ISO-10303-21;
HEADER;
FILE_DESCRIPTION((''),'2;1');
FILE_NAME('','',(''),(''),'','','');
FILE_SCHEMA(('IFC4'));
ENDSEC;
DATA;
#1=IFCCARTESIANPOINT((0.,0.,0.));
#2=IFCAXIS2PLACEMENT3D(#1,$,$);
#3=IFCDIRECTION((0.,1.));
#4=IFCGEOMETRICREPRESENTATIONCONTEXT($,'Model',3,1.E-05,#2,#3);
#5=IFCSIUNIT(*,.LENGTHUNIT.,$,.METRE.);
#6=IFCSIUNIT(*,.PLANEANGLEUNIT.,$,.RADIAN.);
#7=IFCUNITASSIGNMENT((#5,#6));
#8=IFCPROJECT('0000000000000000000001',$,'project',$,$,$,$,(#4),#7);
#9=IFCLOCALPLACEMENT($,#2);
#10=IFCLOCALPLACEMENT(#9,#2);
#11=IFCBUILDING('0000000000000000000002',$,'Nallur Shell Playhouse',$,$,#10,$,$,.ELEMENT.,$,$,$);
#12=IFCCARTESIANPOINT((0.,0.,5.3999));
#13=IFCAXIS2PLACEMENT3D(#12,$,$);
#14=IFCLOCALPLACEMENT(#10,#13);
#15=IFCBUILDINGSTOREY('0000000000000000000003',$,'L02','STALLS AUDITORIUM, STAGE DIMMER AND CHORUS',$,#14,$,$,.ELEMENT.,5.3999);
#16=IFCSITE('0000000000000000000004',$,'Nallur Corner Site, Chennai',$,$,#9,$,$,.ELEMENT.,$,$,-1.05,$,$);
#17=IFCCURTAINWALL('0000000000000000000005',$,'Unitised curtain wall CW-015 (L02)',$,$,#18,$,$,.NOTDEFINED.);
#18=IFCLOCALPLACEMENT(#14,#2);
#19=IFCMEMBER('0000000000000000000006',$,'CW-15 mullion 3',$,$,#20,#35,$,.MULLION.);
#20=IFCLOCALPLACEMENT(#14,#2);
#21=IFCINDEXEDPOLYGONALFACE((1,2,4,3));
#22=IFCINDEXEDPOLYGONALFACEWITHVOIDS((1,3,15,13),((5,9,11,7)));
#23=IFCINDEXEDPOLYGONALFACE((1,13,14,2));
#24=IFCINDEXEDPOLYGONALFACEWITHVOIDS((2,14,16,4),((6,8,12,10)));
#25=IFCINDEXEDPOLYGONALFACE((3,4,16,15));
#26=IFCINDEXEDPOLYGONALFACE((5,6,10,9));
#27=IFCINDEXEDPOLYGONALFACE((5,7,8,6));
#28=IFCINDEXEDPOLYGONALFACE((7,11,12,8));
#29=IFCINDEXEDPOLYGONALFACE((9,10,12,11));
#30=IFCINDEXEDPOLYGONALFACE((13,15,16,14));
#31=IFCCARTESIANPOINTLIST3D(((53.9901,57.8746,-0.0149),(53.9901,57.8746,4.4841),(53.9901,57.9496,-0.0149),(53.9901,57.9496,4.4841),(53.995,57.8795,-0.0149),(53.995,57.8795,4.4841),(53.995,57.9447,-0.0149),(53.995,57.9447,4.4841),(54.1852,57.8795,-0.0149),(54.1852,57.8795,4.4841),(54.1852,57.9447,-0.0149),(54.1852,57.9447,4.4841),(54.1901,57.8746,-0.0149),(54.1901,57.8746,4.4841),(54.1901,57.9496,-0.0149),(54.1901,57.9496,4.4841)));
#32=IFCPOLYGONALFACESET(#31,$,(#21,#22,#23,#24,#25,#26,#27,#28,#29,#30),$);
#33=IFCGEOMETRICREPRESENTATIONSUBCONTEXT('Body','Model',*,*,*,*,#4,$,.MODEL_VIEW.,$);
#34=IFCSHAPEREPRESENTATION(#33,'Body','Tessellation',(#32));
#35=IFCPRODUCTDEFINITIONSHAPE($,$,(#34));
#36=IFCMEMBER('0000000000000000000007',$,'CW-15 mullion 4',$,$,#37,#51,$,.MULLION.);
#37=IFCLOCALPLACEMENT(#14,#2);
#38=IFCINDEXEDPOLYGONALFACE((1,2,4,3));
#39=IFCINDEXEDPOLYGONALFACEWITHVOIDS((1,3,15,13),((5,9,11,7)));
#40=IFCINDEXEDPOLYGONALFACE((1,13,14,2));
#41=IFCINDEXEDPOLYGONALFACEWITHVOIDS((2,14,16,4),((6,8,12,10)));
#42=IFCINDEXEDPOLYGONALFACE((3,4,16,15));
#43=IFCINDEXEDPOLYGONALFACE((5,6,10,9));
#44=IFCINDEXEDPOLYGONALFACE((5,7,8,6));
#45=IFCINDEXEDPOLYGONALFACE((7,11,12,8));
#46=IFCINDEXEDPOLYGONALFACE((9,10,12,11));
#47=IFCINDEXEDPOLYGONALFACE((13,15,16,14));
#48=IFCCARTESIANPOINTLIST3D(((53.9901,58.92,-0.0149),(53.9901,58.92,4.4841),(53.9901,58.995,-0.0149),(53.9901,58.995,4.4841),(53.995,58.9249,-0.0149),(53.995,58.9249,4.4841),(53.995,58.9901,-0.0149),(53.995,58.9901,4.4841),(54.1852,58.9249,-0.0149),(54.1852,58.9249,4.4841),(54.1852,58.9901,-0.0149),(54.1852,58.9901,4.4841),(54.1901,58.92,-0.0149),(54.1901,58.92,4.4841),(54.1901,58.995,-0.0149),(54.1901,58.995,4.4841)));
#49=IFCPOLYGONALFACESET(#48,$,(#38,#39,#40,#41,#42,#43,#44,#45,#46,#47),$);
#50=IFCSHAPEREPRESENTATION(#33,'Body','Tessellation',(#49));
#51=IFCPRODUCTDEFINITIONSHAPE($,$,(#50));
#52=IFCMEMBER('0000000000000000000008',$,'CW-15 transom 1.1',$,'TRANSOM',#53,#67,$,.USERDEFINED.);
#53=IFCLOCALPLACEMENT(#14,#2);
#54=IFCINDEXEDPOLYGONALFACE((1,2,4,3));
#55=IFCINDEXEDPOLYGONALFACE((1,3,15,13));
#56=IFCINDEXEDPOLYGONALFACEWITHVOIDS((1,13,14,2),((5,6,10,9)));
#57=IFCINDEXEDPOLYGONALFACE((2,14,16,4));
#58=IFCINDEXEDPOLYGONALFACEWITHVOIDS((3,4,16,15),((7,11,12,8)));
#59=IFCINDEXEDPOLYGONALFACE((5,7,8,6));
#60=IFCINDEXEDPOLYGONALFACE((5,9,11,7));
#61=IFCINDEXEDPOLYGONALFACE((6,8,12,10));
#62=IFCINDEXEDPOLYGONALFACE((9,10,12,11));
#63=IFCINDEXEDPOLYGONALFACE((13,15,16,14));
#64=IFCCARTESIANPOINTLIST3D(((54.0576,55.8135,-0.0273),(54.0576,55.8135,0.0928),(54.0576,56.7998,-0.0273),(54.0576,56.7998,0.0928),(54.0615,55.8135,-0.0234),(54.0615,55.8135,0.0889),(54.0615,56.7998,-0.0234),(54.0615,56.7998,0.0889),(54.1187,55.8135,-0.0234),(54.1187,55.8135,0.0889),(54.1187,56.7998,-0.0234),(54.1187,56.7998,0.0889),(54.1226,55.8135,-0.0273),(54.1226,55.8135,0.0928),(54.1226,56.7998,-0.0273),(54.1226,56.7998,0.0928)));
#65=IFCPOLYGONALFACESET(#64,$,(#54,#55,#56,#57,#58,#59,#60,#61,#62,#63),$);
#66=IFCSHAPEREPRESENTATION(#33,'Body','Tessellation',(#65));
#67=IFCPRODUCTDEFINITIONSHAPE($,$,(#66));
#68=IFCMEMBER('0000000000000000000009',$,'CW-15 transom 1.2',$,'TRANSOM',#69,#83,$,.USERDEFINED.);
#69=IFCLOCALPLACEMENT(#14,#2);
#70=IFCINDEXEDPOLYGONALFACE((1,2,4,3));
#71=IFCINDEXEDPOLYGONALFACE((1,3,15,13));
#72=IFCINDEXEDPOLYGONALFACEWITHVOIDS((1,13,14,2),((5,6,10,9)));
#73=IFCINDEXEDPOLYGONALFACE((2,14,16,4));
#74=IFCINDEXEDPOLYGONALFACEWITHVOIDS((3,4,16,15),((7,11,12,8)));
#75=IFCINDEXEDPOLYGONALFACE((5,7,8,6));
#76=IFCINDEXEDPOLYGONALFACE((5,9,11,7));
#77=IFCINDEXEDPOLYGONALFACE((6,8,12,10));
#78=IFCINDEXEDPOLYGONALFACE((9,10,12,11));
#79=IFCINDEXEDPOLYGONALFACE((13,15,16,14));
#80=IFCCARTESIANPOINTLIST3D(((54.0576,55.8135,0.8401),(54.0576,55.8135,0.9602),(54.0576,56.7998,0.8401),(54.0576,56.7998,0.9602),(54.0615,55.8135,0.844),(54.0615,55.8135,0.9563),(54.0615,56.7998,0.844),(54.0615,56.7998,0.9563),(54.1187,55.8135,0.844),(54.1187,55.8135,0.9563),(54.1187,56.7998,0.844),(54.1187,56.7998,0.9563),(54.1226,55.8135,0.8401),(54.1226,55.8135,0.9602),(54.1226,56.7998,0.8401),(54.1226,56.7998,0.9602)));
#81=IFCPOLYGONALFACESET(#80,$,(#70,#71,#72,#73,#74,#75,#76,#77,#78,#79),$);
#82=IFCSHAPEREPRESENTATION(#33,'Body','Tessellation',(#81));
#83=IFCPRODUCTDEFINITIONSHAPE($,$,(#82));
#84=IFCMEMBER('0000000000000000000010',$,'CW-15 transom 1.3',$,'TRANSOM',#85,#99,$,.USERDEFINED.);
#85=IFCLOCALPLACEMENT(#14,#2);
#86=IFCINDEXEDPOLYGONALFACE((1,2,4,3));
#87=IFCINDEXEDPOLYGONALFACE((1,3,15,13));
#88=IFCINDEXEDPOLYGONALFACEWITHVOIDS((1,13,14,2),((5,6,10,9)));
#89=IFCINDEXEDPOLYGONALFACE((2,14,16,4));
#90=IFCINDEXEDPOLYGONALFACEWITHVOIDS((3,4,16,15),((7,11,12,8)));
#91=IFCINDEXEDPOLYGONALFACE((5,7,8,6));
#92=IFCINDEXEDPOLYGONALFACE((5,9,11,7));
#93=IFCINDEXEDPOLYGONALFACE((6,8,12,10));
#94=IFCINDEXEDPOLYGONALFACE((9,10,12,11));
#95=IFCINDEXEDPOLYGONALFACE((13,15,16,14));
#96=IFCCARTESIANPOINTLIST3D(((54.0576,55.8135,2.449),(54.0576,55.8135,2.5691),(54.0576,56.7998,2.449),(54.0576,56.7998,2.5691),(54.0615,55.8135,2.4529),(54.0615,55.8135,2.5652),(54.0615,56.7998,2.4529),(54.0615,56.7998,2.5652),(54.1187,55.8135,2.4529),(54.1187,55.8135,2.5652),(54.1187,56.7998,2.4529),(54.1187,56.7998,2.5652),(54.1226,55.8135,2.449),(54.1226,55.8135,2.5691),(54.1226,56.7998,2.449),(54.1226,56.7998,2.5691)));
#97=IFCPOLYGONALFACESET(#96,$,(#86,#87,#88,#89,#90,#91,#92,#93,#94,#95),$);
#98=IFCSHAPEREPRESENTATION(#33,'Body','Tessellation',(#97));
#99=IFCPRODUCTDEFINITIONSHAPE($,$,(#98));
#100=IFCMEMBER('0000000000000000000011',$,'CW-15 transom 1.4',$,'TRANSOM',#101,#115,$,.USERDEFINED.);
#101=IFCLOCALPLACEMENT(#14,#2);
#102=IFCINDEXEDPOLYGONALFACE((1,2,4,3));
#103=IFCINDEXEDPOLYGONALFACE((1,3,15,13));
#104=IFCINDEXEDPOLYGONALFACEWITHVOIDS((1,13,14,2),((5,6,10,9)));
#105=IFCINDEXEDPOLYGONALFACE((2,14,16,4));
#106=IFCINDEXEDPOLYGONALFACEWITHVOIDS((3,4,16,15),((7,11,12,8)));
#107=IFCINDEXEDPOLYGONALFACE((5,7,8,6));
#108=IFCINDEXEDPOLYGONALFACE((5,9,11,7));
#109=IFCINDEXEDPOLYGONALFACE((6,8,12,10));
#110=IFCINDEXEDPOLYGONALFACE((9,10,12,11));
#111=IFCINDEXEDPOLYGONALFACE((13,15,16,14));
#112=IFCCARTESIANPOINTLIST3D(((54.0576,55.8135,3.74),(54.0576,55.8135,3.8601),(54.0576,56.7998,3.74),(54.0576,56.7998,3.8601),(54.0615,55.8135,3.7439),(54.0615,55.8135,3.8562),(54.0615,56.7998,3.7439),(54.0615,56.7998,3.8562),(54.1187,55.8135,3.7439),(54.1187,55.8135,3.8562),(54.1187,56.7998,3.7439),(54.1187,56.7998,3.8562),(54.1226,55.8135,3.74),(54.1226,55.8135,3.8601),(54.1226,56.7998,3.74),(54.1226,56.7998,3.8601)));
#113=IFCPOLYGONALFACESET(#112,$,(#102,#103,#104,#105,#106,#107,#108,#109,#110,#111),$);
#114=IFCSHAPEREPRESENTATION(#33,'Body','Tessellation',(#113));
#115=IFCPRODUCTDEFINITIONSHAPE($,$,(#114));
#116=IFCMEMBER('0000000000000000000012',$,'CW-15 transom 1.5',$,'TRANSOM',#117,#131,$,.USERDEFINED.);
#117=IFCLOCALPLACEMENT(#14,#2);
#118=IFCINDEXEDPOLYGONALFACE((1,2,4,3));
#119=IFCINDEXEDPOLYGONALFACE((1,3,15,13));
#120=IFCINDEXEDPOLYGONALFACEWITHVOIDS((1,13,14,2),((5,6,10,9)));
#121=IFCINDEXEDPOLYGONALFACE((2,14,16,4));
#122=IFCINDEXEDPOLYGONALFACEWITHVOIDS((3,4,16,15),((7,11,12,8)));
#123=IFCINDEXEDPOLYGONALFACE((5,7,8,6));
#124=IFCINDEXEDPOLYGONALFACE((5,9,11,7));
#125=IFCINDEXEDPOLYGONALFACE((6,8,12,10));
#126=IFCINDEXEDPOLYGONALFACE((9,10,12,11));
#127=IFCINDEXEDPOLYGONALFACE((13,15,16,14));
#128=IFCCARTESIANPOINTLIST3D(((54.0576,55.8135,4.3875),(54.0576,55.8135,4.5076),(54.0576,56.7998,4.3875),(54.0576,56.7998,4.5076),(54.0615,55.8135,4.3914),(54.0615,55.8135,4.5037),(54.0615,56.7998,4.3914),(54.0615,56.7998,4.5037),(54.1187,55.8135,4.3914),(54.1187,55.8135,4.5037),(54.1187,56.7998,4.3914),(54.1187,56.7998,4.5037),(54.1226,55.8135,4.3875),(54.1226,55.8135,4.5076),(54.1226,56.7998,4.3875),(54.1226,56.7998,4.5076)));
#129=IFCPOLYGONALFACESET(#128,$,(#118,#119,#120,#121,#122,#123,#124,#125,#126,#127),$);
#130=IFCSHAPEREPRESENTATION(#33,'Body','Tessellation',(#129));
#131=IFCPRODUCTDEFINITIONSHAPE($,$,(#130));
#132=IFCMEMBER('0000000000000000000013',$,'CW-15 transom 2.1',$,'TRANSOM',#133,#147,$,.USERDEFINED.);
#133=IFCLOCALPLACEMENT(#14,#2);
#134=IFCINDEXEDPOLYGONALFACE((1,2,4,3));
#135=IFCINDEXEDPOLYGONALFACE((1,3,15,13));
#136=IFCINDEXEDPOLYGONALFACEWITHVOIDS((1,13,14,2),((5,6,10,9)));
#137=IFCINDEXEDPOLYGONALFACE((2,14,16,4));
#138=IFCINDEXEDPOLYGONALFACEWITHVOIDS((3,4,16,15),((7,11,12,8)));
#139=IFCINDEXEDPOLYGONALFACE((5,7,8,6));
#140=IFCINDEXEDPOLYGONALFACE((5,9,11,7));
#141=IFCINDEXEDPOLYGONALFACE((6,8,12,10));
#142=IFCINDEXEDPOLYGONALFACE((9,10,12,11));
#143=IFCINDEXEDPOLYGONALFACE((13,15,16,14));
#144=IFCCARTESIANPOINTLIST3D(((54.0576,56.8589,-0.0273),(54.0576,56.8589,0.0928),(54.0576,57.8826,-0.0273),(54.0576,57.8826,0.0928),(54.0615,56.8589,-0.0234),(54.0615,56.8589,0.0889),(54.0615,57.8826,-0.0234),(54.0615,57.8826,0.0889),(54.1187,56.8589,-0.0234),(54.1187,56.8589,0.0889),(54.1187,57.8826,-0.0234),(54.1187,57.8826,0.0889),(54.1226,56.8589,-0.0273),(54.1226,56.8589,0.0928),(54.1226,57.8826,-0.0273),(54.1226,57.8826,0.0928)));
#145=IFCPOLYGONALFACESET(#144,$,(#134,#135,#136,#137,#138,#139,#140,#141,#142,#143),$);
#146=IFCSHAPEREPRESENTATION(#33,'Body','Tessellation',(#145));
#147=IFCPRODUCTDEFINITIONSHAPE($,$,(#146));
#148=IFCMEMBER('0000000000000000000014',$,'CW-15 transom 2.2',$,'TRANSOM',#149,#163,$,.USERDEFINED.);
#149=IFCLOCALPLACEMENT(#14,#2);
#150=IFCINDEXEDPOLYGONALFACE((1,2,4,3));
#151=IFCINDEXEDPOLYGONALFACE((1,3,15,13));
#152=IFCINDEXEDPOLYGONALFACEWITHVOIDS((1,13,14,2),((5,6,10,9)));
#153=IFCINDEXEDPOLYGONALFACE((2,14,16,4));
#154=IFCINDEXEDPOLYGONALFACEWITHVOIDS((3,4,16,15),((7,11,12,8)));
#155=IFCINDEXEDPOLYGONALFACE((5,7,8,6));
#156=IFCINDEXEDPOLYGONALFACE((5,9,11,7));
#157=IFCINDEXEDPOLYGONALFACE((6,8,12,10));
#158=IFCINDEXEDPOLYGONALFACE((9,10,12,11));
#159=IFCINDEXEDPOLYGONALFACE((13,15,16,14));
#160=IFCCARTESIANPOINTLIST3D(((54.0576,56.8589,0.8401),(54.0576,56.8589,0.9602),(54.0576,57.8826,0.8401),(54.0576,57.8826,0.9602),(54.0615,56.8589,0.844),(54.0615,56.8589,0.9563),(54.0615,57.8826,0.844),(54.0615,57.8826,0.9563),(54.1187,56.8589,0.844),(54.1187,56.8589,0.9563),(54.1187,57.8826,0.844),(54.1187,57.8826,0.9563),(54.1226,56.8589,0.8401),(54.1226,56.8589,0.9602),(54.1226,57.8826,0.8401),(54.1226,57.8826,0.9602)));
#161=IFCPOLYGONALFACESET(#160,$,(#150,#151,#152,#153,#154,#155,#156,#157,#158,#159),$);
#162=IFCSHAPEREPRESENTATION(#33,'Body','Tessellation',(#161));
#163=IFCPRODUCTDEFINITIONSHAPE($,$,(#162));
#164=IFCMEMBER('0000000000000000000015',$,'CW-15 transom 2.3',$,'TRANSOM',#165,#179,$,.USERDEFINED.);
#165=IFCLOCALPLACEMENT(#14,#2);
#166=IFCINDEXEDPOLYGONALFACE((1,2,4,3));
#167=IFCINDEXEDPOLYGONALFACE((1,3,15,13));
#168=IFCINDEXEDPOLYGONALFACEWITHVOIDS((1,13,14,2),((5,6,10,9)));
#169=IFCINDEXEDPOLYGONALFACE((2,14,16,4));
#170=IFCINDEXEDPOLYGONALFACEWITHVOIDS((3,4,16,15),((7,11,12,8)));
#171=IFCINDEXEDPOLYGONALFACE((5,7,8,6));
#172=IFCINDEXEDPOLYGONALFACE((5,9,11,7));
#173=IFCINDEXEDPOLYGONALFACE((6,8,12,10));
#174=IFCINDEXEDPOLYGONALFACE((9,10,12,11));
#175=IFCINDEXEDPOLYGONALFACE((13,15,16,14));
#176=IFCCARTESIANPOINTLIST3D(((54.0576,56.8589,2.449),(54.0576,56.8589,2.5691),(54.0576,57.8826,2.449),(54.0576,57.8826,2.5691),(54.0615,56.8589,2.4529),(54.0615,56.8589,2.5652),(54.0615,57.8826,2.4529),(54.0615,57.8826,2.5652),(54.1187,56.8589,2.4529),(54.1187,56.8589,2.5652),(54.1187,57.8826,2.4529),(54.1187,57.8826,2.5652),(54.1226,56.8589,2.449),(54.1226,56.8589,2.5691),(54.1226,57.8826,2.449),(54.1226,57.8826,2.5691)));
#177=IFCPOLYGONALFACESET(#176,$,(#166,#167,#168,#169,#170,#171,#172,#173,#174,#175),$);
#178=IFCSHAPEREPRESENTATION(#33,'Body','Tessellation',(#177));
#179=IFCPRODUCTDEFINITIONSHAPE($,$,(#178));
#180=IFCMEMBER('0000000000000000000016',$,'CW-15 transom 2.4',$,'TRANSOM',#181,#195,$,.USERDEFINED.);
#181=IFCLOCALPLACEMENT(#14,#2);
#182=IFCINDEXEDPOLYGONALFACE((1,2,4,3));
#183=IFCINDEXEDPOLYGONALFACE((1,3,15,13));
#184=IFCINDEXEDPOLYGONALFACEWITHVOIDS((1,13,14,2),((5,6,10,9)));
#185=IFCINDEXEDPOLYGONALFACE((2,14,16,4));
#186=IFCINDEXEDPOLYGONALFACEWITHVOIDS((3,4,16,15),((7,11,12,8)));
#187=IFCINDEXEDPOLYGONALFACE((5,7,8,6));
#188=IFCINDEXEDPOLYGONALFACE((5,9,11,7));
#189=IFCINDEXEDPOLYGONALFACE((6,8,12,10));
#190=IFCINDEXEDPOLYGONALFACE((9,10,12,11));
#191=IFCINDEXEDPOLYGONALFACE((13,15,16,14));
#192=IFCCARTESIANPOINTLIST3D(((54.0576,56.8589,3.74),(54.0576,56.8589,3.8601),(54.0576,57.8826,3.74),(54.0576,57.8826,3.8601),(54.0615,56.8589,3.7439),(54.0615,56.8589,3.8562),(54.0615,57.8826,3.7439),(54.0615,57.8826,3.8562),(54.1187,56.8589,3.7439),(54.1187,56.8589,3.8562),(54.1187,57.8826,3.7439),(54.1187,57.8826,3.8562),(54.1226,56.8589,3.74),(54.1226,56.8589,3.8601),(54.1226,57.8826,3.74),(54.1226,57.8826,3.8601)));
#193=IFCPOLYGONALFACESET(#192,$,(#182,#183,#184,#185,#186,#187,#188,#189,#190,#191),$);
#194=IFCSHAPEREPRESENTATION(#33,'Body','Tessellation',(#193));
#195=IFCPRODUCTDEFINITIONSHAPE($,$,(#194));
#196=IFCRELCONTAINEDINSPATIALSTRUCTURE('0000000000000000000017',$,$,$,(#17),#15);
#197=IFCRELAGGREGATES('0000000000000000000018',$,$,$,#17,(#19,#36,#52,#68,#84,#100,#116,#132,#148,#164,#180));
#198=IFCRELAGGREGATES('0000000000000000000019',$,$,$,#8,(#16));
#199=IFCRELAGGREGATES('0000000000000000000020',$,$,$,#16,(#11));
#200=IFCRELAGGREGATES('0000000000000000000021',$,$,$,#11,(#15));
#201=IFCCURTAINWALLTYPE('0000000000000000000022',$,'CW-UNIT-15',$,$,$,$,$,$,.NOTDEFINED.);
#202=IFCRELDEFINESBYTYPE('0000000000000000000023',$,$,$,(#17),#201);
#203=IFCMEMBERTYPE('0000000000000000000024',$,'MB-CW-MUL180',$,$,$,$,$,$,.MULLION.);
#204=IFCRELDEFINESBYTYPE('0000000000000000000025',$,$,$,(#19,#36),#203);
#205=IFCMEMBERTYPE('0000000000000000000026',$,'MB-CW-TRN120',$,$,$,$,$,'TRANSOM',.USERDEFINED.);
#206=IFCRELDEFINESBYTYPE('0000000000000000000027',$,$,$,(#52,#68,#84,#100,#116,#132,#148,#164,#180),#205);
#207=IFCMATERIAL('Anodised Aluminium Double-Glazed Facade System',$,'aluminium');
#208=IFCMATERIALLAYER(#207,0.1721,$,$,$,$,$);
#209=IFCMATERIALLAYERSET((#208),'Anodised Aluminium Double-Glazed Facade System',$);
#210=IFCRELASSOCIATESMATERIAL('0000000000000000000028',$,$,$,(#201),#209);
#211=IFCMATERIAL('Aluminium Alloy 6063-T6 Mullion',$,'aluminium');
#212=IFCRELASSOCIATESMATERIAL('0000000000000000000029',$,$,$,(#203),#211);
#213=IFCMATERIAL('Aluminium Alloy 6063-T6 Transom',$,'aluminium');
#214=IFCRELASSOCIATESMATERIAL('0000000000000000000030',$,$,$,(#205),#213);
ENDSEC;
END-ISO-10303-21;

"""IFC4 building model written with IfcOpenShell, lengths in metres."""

from ifc_helpers import new_model, si_unit, direction, frame, origin, origin_2d, place, context, subcontext, project, spatial, hollow_rectangle, extrude, material, layer, layer_set, material_profile, profile_set, type_object, element, aggregate, save


model = new_model("IFC4")

# Units and contexts
model_context = context("Model", 3, precision=1e-05, world=origin(), true_north=direction((0.0, 1.0)))
body_context = subcontext(model_context, "Body", "Model", "MODEL_VIEW")
ifc_project = project(units=[si_unit("LENGTHUNIT", "METRE"), si_unit("PLANEANGLEUNIT", "RADIAN")], contexts=[model_context])

# Site, building, storey
site_placement = place(None, origin())
site = spatial("IfcSite", under=ifc_project, at=site_placement, Name="Nallur Corner Site, Chennai", CompositionType="ELEMENT", RefElevation=-1.05)
building_placement = place(site_placement, origin())
building = spatial("IfcBuilding", under=site, at=building_placement, Name="Nallur Shell Playhouse", CompositionType="ELEMENT")
storey_placement = place(building_placement, frame((0.0, 0.0, 5.3999)))
storey = spatial("IfcBuildingStorey", under=building, at=storey_placement, Name="L02", Description="STALLS AUDITORIUM, STAGE DIMMER AND CHORUS", CompositionType="ELEMENT", Elevation=5.3999)

# Shared definitions
ifc_material_1 = material(Name="Anodised Aluminium Double-Glazed Facade System", Category="aluminium")
ifc_material_2 = material(Name="Aluminium Alloy 6063-T6 Mullion", Category="aluminium")

# Curtain wall, members
ifc_layer_1 = layer(ifc_material_1, 0.1721)
ifc_layer_set_1 = layer_set([ifc_layer_1], Name="Anodised Aluminium Double-Glazed Facade System")
curtain_wall_type_1 = type_object("IfcCurtainWallType", Name="CW-UNIT-15", PredefinedType="NOTDEFINED", material=ifc_layer_set_1)
curtain_wall_1_placement = place(storey_placement, origin())
curtain_wall_1 = element("IfcCurtainWall", 1, at=curtain_wall_1_placement, inside=storey, type_object=curtain_wall_type_1, Name="Unitised curtain wall CW-015 (L02)", PredefinedType="NOTDEFINED")
ifc_material_profile_1 = material_profile(ifc_material_2, hollow_rectangle(XDim=0.075, YDim=0.2, WallThickness=0.0049, at=origin_2d()), Name="ALU 75x200x5")
ifc_profile_set_1 = profile_set([ifc_material_profile_1], Name="Aluminium Alloy 6063-T6 Mullion")
member_type_1 = type_object("IfcMemberType", Name="MB-CW-MUL180", PredefinedType="MULLION", material=ifc_profile_set_1)
member_1_placement = place(storey_placement, frame((54.0901, 57.9121, -0.0149), z_axis=(0.0, 0.0, 1.0), x_axis=(0.0, 1.0, 0.0)))
member_1 = element("IfcMember", 2, at=member_1_placement, type_object=member_type_1, Name="CW-15 mullion 3", PredefinedType="MULLION", context=body_context, shape_type="SweptSolid", body=[
    extrude(hollow_rectangle(XDim=0.075, YDim=0.2, WallThickness=0.0049, at=origin_2d()), origin(), (0.0, 0.0, 1.0), 4.499),
])
member_2_placement = place(storey_placement, frame((54.0901, 58.9575, -0.0149), z_axis=(0.0, 0.0, 1.0), x_axis=(0.0, 1.0, 0.0)))
member_2 = element("IfcMember", 3, at=member_2_placement, type_object=member_type_1, Name="CW-15 mullion 4", PredefinedType="MULLION", context=body_context, shape_type="SweptSolid", body=[
    extrude(hollow_rectangle(XDim=0.075, YDim=0.2, WallThickness=0.0049, at=origin_2d()), origin(), (0.0, 0.0, 1.0), 4.499),
])
ifc_material_3 = material(Name="Aluminium Alloy 6063-T6 Transom", Category="aluminium")
ifc_material_profile_2 = material_profile(ifc_material_3, hollow_rectangle(XDim=0.0649, YDim=0.1201, WallThickness=0.0039, at=origin_2d()), Name="ALU 65x120x4")
ifc_profile_set_2 = profile_set([ifc_material_profile_2], Name="Aluminium Alloy 6063-T6 Transom")
member_type_2 = type_object("IfcMemberType", Name="MB-CW-TRN120", ElementType="TRANSOM", PredefinedType="USERDEFINED", material=ifc_profile_set_2)
member_3_placement = place(storey_placement, frame((54.0901, 55.8135, 0.0327), z_axis=(0.0, 1.0, 0.0), x_axis=(-1.0, 0.0, 0.0)))
member_3 = element("IfcMember", 4, at=member_3_placement, type_object=member_type_2, Name="CW-15 transom 1.1", ObjectType="TRANSOM", PredefinedType="USERDEFINED", context=body_context, shape_type="SweptSolid", body=[
    extrude(hollow_rectangle(XDim=0.0649, YDim=0.1201, WallThickness=0.0039, at=origin_2d()), origin(), (0.0, 0.0, 1.0), 0.9863),
])
member_4_placement = place(storey_placement, frame((54.0901, 55.8135, 0.9001), z_axis=(0.0, 1.0, 0.0), x_axis=(-1.0, 0.0, 0.0)))
member_4 = element("IfcMember", 5, at=member_4_placement, type_object=member_type_2, Name="CW-15 transom 1.2", ObjectType="TRANSOM", PredefinedType="USERDEFINED", context=body_context, shape_type="SweptSolid", body=[
    extrude(hollow_rectangle(XDim=0.0649, YDim=0.1201, WallThickness=0.0039, at=origin_2d()), origin(), (0.0, 0.0, 1.0), 0.9863),
])
member_5_placement = place(storey_placement, frame((54.0901, 55.8135, 2.509), z_axis=(0.0, 1.0, 0.0), x_axis=(-1.0, 0.0, 0.0)))
member_5 = element("IfcMember", 6, at=member_5_placement, type_object=member_type_2, Name="CW-15 transom 1.3", ObjectType="TRANSOM", PredefinedType="USERDEFINED", context=body_context, shape_type="SweptSolid", body=[
    extrude(hollow_rectangle(XDim=0.0649, YDim=0.1201, WallThickness=0.0039, at=origin_2d()), origin(), (0.0, 0.0, 1.0), 0.9863),
])
member_6_placement = place(storey_placement, frame((54.0901, 55.8135, 3.8), z_axis=(0.0, 1.0, 0.0), x_axis=(-1.0, 0.0, 0.0)))
member_6 = element("IfcMember", 7, at=member_6_placement, type_object=member_type_2, Name="CW-15 transom 1.4", ObjectType="TRANSOM", PredefinedType="USERDEFINED", context=body_context, shape_type="SweptSolid", body=[
    extrude(hollow_rectangle(XDim=0.0649, YDim=0.1201, WallThickness=0.0039, at=origin_2d()), origin(), (0.0, 0.0, 1.0), 0.9863),
])
member_7_placement = place(storey_placement, frame((54.0901, 55.8135, 4.4475), z_axis=(0.0, 1.0, 0.0), x_axis=(-1.0, 0.0, 0.0)))
member_7 = element("IfcMember", 8, at=member_7_placement, type_object=member_type_2, Name="CW-15 transom 1.5", ObjectType="TRANSOM", PredefinedType="USERDEFINED", context=body_context, shape_type="SweptSolid", body=[
    extrude(hollow_rectangle(XDim=0.0649, YDim=0.1201, WallThickness=0.0039, at=origin_2d()), origin(), (0.0, 0.0, 1.0), 0.9863),
])
member_8_placement = place(storey_placement, frame((54.0901, 56.8589, 0.0327), z_axis=(0.0, 1.0, 0.0), x_axis=(-1.0, 0.0, 0.0)))
member_8 = element("IfcMember", 9, at=member_8_placement, type_object=member_type_2, Name="CW-15 transom 2.1", ObjectType="TRANSOM", PredefinedType="USERDEFINED", context=body_context, shape_type="SweptSolid", body=[
    extrude(hollow_rectangle(XDim=0.0649, YDim=0.1201, WallThickness=0.0039, at=origin_2d()), origin(), (0.0, 0.0, 1.0), 1.0237),
])
member_9_placement = place(storey_placement, frame((54.0901, 56.8589, 0.9001), z_axis=(0.0, 1.0, 0.0), x_axis=(-1.0, 0.0, 0.0)))
member_9 = element("IfcMember", 10, at=member_9_placement, type_object=member_type_2, Name="CW-15 transom 2.2", ObjectType="TRANSOM", PredefinedType="USERDEFINED", context=body_context, shape_type="SweptSolid", body=[
    extrude(hollow_rectangle(XDim=0.0649, YDim=0.1201, WallThickness=0.0039, at=origin_2d()), origin(), (0.0, 0.0, 1.0), 1.0237),
])
member_10_placement = place(storey_placement, frame((54.0901, 56.8589, 2.509), z_axis=(0.0, 1.0, 0.0), x_axis=(-1.0, 0.0, 0.0)))
member_10 = element("IfcMember", 11, at=member_10_placement, type_object=member_type_2, Name="CW-15 transom 2.3", ObjectType="TRANSOM", PredefinedType="USERDEFINED", context=body_context, shape_type="SweptSolid", body=[
    extrude(hollow_rectangle(XDim=0.0649, YDim=0.1201, WallThickness=0.0039, at=origin_2d()), origin(), (0.0, 0.0, 1.0), 1.0237),
])
member_11_placement = place(storey_placement, frame((54.0901, 56.8589, 3.8), z_axis=(0.0, 1.0, 0.0), x_axis=(-1.0, 0.0, 0.0)))
member_11 = element("IfcMember", 12, at=member_11_placement, type_object=member_type_2, Name="CW-15 transom 2.4", ObjectType="TRANSOM", PredefinedType="USERDEFINED", context=body_context, shape_type="SweptSolid", body=[
    extrude(hollow_rectangle(XDim=0.0649, YDim=0.1201, WallThickness=0.0039, at=origin_2d()), origin(), (0.0, 0.0, 1.0), 1.0237),
])

aggregate(curtain_wall_1, [member_1, member_2, member_3, member_4, member_5, member_6, member_7, member_8, member_9, member_10, member_11])

save(model, "model.ifc")
